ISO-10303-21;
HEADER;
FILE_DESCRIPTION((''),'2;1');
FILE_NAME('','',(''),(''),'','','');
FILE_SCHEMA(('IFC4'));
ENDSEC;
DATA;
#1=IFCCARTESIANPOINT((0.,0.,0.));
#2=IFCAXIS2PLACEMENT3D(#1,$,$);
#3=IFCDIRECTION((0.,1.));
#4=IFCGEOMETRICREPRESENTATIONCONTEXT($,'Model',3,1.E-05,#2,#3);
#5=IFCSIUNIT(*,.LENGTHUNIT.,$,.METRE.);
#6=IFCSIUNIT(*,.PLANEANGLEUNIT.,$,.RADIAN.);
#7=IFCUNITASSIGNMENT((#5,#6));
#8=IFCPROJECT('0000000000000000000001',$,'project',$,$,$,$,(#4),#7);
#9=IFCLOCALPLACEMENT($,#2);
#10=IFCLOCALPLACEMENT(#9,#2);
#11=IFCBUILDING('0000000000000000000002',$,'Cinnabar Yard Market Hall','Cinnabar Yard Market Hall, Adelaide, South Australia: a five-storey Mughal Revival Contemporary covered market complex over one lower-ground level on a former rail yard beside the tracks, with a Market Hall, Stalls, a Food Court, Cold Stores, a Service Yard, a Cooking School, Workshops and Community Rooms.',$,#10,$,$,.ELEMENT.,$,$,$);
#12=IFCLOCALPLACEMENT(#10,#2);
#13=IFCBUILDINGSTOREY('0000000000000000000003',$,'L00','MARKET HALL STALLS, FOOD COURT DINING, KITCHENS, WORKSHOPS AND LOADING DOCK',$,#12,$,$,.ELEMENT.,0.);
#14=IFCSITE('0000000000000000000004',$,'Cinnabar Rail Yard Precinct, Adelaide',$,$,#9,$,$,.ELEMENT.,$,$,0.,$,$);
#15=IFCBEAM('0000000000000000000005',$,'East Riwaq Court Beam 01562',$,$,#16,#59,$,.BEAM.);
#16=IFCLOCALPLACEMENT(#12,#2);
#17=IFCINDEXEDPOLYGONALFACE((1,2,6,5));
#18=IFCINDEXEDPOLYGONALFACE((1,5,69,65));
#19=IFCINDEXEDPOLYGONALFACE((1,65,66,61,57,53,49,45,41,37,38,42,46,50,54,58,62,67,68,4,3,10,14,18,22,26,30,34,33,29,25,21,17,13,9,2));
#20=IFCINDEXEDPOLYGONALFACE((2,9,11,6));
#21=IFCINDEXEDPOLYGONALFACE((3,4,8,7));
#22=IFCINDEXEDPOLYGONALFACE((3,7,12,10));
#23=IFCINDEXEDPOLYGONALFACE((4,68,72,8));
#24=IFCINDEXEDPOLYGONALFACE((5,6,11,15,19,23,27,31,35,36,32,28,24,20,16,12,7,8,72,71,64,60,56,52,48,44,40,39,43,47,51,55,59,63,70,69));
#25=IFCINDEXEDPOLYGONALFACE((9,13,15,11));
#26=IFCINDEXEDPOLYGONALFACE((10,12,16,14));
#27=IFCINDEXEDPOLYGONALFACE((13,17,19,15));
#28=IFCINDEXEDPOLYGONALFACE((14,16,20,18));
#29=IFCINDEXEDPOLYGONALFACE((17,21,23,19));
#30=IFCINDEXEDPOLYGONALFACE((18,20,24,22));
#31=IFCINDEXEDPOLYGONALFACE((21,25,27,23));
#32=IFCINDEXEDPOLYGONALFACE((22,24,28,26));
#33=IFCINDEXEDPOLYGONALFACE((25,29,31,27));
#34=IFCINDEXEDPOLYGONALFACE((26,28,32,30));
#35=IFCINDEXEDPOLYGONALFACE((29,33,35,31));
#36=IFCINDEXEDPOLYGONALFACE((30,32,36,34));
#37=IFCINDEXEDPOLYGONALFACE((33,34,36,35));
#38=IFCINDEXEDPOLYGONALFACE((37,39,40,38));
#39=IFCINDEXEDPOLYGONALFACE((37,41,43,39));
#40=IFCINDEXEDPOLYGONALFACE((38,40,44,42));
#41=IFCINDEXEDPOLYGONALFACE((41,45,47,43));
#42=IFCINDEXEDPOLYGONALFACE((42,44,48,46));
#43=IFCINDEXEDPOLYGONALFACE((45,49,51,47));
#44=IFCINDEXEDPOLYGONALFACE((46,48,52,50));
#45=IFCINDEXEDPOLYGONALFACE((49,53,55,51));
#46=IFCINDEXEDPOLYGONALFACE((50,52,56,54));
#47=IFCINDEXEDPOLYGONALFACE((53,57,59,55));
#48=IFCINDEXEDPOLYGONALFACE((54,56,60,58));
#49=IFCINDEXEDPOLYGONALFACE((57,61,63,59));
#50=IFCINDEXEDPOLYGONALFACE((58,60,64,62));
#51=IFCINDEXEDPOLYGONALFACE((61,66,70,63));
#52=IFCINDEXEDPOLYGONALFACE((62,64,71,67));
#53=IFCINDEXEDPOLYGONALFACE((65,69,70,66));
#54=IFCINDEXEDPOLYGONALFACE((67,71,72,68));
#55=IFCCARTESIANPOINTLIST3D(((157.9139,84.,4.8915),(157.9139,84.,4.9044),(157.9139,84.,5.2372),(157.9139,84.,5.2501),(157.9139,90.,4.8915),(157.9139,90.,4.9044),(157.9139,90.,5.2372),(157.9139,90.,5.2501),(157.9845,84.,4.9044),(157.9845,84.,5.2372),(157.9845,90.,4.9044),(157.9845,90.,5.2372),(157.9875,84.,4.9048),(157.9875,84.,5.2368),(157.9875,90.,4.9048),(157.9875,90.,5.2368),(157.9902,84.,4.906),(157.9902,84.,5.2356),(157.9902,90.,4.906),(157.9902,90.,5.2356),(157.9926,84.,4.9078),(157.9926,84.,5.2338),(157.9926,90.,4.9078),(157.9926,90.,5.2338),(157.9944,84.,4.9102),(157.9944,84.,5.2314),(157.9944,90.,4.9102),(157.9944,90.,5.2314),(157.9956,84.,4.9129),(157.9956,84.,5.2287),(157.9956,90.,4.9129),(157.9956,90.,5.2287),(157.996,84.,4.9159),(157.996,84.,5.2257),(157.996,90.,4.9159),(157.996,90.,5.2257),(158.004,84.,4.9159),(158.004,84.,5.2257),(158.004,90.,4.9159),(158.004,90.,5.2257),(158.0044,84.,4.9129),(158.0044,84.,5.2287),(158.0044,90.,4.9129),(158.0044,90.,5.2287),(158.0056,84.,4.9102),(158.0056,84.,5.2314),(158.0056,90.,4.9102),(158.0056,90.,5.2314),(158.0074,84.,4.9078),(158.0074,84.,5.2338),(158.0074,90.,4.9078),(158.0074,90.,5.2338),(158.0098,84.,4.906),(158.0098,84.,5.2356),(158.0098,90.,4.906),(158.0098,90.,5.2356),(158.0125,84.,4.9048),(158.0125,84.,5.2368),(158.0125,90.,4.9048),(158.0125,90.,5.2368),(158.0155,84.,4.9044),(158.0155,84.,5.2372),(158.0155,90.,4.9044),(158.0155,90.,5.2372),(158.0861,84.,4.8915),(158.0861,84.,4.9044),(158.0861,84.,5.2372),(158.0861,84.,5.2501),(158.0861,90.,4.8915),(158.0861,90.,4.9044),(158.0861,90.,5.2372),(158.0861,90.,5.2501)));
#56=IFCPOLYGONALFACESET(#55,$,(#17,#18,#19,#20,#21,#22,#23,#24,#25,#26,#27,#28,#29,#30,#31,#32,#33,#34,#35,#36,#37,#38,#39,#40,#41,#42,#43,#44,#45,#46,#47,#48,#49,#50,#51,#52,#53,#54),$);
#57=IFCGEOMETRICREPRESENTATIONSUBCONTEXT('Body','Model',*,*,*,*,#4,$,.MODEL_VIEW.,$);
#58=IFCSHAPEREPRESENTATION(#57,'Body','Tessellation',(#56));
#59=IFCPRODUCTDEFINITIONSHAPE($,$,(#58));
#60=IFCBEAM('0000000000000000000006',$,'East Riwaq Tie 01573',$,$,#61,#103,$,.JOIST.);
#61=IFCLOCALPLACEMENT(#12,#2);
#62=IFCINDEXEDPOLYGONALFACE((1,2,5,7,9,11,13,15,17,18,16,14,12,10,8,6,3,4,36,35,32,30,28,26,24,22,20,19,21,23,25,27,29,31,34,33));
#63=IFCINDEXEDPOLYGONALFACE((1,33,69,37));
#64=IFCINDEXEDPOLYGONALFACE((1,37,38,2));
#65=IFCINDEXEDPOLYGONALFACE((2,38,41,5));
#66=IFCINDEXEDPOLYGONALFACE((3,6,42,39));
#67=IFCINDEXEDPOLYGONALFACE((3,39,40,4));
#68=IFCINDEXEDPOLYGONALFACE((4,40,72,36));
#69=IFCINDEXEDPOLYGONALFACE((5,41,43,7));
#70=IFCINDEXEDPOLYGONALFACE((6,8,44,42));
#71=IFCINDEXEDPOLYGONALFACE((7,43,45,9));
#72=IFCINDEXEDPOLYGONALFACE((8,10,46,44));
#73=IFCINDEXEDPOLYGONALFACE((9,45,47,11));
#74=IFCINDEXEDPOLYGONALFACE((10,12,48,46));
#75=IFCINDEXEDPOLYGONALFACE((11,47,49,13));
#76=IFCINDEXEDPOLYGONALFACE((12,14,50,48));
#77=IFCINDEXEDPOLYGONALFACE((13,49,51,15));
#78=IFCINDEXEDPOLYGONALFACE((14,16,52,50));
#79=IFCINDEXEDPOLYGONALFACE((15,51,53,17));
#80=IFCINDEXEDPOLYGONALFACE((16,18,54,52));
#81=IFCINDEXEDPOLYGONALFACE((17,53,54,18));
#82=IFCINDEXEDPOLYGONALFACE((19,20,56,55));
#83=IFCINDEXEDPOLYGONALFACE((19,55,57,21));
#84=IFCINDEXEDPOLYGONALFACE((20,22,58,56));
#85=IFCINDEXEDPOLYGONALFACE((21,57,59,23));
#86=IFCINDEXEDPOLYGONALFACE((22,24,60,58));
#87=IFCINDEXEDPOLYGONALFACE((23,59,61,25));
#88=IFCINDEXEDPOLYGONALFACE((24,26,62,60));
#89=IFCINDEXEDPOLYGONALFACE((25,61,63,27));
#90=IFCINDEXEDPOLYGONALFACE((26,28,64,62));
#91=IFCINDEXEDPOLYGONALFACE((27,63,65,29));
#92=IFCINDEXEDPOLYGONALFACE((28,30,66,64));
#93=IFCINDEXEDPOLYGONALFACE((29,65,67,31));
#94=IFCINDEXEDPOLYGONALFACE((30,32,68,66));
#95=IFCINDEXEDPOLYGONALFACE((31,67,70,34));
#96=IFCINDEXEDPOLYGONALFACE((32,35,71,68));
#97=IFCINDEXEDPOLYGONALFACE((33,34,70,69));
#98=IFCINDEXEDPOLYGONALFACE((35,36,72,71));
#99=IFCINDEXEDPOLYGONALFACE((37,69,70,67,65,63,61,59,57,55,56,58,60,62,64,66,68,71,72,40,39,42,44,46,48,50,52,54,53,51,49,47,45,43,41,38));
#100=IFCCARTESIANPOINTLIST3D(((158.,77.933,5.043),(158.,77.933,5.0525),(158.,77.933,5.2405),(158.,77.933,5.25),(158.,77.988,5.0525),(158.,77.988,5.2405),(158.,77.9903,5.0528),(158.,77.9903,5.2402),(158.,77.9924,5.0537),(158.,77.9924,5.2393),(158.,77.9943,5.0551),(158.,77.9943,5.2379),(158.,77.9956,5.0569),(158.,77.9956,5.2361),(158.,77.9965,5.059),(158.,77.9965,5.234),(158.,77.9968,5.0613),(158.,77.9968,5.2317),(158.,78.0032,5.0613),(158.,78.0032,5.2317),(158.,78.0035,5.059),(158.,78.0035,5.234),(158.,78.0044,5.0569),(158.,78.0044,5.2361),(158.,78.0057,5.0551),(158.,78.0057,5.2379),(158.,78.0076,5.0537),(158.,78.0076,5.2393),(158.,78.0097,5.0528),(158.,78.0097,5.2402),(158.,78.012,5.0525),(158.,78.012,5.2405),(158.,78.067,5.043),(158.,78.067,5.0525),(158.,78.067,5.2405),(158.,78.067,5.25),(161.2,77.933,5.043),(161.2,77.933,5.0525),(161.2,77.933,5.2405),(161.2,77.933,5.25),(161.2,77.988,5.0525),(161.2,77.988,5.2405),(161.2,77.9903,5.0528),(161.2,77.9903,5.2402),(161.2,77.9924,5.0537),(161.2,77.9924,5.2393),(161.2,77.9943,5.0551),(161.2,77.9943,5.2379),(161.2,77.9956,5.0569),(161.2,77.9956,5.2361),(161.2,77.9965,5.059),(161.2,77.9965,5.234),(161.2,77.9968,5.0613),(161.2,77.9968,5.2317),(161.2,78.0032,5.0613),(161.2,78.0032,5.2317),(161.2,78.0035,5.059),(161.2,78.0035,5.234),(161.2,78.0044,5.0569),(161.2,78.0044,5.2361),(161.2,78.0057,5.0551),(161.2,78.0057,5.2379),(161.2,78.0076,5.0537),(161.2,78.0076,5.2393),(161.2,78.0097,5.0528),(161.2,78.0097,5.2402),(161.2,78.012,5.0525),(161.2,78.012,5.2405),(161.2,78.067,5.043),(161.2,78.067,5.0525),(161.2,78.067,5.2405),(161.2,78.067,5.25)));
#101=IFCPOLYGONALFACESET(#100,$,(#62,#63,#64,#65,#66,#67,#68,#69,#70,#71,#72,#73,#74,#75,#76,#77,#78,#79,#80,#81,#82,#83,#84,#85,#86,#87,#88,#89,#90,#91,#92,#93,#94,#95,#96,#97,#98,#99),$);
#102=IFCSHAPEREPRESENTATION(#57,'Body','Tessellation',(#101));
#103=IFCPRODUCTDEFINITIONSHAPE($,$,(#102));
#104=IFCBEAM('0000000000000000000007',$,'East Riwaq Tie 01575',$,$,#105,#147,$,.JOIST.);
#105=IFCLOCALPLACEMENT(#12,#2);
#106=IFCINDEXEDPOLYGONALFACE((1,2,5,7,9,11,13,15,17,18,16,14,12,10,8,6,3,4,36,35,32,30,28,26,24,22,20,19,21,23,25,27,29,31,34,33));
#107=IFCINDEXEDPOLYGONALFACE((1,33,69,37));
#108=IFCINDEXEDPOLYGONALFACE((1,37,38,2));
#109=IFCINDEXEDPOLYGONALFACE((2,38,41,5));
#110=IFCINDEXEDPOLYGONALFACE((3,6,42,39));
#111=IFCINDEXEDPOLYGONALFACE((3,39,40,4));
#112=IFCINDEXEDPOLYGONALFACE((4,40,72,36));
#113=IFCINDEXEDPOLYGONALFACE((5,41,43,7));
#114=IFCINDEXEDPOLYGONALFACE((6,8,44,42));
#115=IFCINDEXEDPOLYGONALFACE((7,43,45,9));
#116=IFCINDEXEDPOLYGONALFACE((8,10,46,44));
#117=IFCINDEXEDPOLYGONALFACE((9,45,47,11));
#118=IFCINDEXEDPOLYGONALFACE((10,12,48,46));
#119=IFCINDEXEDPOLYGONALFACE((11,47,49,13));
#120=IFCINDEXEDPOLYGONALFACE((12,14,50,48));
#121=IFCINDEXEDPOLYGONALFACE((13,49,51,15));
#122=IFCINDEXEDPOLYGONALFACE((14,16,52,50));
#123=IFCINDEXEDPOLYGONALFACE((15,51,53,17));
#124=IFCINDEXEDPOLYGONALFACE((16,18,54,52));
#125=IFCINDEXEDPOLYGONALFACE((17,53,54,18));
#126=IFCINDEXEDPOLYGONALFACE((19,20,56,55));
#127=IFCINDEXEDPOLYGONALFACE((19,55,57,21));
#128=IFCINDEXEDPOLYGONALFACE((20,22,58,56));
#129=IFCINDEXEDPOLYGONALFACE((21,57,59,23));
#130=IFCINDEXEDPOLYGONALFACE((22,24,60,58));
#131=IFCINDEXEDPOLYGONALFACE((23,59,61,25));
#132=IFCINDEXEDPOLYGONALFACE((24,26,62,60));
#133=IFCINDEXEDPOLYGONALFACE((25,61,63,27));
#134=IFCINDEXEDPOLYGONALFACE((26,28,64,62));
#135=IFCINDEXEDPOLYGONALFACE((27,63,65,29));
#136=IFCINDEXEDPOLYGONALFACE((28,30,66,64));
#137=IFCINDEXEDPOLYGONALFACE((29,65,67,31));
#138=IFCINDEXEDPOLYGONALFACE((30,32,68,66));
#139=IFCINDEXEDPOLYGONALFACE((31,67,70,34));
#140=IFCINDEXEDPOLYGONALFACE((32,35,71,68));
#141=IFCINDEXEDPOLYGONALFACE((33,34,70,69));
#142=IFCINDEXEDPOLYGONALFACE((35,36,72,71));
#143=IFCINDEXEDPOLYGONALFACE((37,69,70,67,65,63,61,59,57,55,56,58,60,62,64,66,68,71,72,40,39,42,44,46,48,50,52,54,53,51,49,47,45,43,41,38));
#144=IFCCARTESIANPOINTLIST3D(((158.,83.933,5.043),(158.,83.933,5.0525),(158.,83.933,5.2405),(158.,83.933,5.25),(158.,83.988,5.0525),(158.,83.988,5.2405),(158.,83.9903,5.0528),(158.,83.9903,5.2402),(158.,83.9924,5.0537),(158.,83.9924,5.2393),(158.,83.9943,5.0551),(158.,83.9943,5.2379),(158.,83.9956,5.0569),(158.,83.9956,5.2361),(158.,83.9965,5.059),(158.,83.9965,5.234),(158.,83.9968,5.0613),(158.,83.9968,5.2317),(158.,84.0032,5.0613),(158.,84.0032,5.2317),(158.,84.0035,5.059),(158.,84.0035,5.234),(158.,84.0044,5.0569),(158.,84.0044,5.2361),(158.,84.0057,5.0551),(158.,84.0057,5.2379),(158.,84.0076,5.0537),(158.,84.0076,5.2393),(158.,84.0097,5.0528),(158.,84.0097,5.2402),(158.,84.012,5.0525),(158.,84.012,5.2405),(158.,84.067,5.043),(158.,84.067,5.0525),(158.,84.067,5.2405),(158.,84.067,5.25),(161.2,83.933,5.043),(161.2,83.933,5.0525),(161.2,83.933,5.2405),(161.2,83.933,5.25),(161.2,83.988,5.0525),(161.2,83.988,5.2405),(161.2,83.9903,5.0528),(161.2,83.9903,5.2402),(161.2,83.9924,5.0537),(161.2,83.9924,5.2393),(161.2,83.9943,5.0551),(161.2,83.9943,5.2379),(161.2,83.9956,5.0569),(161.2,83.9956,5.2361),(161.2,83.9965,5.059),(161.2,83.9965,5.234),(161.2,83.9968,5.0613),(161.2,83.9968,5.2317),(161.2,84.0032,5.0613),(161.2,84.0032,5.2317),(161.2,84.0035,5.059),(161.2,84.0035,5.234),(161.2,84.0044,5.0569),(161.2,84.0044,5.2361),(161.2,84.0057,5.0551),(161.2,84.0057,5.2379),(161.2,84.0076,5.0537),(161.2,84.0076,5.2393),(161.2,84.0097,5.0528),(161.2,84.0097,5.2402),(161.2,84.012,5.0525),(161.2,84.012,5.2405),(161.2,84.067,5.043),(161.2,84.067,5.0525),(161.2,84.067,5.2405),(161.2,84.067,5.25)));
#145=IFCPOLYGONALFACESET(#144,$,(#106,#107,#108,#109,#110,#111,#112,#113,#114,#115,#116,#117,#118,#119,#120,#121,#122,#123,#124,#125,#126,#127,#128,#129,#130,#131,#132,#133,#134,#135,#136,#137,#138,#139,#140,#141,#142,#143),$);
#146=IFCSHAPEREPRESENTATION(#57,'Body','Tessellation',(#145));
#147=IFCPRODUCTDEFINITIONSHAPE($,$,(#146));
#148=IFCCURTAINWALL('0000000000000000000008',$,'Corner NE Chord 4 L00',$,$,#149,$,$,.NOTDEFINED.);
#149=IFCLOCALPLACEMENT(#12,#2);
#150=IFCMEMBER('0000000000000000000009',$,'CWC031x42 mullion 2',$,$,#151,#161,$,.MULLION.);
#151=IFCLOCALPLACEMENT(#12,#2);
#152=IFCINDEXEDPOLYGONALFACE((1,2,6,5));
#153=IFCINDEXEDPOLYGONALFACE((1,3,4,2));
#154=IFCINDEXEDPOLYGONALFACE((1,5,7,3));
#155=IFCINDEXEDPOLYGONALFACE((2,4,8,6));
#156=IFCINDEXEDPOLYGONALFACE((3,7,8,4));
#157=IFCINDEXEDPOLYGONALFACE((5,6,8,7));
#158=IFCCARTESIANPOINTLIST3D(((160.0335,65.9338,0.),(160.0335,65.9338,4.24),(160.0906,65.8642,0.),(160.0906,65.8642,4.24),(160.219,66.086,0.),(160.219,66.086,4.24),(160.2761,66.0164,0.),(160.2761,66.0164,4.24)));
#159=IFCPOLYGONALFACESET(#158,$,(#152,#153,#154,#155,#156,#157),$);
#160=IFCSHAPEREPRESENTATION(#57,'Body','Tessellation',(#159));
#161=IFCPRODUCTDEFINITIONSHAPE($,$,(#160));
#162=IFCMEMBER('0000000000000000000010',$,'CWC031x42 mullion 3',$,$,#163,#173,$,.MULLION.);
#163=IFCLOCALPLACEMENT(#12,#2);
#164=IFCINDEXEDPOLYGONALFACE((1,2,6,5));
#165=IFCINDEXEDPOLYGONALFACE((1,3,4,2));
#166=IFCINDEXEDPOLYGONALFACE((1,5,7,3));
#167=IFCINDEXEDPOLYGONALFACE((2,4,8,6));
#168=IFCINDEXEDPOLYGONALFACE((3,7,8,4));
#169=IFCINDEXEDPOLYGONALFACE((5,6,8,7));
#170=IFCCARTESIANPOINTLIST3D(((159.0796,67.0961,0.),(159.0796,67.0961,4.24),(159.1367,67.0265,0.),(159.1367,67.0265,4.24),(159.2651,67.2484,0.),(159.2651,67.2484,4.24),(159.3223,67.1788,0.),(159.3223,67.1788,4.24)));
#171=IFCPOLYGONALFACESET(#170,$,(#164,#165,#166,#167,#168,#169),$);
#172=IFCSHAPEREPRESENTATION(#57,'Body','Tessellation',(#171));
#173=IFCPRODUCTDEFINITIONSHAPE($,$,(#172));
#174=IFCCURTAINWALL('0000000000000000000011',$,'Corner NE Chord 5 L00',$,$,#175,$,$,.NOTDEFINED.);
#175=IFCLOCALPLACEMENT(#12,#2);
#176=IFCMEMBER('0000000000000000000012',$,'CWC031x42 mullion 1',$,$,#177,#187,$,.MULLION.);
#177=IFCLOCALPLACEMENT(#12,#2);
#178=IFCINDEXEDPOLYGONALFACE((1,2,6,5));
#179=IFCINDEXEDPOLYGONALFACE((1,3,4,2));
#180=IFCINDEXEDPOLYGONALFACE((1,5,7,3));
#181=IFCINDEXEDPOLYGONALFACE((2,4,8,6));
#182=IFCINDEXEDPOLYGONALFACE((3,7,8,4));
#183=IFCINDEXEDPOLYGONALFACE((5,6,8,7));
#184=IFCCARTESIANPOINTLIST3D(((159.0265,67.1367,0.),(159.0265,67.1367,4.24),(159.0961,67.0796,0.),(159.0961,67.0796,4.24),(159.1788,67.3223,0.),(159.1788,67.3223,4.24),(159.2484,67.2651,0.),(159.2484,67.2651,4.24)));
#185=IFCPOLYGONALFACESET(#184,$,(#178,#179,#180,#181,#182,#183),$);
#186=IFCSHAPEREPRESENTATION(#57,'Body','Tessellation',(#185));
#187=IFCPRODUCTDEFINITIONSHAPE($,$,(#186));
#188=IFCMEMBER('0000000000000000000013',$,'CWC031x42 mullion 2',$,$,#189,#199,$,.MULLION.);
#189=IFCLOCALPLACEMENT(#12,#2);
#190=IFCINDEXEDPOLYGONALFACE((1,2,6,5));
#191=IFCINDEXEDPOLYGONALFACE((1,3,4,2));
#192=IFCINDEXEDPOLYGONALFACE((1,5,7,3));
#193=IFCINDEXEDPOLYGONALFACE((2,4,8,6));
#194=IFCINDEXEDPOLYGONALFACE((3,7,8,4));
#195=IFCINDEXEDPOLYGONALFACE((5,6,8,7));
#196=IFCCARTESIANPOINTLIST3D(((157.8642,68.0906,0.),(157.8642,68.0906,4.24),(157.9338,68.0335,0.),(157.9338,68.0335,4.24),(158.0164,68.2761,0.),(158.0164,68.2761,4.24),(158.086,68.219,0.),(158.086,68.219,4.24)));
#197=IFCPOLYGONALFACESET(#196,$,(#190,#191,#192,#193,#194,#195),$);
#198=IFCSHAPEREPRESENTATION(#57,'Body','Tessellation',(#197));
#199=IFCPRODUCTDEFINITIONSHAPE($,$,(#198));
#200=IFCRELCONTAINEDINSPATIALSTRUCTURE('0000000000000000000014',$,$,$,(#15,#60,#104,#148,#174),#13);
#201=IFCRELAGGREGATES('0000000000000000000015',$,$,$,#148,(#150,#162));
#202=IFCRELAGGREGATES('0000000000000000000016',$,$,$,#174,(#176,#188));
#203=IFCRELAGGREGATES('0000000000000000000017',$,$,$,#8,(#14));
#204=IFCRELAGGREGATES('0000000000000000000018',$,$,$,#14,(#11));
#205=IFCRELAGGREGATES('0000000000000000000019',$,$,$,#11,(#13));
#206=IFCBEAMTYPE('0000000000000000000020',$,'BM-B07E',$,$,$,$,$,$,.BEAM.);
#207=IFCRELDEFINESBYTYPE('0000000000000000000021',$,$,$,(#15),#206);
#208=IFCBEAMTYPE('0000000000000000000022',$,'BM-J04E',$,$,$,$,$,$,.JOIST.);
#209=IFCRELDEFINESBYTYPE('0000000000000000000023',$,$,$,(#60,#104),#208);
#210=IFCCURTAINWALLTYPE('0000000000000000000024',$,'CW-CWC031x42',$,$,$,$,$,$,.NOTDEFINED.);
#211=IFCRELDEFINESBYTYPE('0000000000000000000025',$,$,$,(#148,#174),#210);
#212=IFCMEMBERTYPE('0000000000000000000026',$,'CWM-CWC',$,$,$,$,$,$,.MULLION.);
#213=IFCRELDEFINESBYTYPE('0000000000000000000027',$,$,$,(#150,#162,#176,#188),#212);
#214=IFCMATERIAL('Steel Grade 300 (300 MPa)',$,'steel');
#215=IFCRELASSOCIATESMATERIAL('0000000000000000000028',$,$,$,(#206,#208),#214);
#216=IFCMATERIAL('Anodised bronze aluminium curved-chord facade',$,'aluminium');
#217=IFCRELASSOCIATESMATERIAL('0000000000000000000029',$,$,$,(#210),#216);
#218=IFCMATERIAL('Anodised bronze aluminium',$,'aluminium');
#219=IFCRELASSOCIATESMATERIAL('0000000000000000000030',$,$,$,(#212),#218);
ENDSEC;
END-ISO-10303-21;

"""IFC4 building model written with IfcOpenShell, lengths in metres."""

from ifc_helpers import new_model, si_unit, direction, frame, origin, origin_2d_with_axis, place, context, subcontext, project, spatial, rectangle, i_section, extrude, material, material_profile, profile_set, type_object, element, aggregate, save


model = new_model("IFC4")

# Units and contexts
model_context = context("Model", 3, precision=1e-05, world=origin(), true_north=direction((0.0, 1.0)))
body_context = subcontext(model_context, "Body", "Model", "MODEL_VIEW")
ifc_project = project(units=[si_unit("LENGTHUNIT", "METRE"), si_unit("PLANEANGLEUNIT", "RADIAN")], contexts=[model_context])

# Site, building, storey
site_placement = place(None, origin())
site = spatial("IfcSite", under=ifc_project, at=site_placement, Name="Cinnabar Rail Yard Precinct, Adelaide", CompositionType="ELEMENT", RefElevation=0.0)
building_placement = place(site_placement, origin())
building = spatial("IfcBuilding", under=site, at=building_placement, Name="Cinnabar Yard Market Hall", Description="Cinnabar Yard Market Hall, Adelaide, South Australia: a five-storey Mughal Revival Contemporary covered market complex over one lower-ground level on a former rail yard beside the tracks, with a Market Hall, Stalls, a Food Court, Cold Stores, a Service Yard, a Cooking School, Workshops and Community Rooms.", CompositionType="ELEMENT")
storey_placement = place(building_placement, origin())
storey = spatial("IfcBuildingStorey", under=building, at=storey_placement, Name="L00", Description="MARKET HALL STALLS, FOOD COURT DINING, KITCHENS, WORKSHOPS AND LOADING DOCK", CompositionType="ELEMENT", Elevation=0.0)

# Beams
ifc_material_1 = material(Name="Steel Grade 300 (300 MPa)", Category="steel")
ifc_material_profile_1 = material_profile(ifc_material_1, i_section(OverallWidth=0.1721, OverallDepth=0.3586, WebThickness=0.0081, FlangeThickness=0.0129, FilletRadius=0.0115, at=origin_2d_with_axis()), Name="360UB56.7")
ifc_profile_set_1 = profile_set([ifc_material_profile_1], Name="Steel Grade 300 (300 MPa)")
beam_type_1 = type_object("IfcBeamType", Name="BM-B07E", PredefinedType="BEAM", material=ifc_profile_set_1)
for number, where, z_axis, x_axis, name in (
    (1, (158.0, 84.0, 5.0708), (0.0, 1.0, 0.0), (-1.0, 0.0, 0.0), "East Riwaq Court Beam 01562"),
):
    element("IfcBeam", number, at=place(storey_placement, frame(where, z_axis=z_axis, x_axis=x_axis)), inside=storey, type_object=beam_type_1, Name=name, PredefinedType="BEAM", context=body_context, shape_type="SweptSolid", body=[
        extrude(i_section(OverallWidth=0.1721, OverallDepth=0.3586, WebThickness=0.0081, FlangeThickness=0.0129, FilletRadius=0.0115, at=origin_2d_with_axis()), origin(), (0.0, 0.0, 1.0), 6.0),
    ])
ifc_material_profile_2 = material_profile(ifc_material_1, i_section(OverallWidth=0.134, OverallDepth=0.207, WebThickness=0.0063, FlangeThickness=0.0095, FilletRadius=0.0088, at=origin_2d_with_axis()), Name="200UB29.8")
ifc_profile_set_2 = profile_set([ifc_material_profile_2], Name="Steel Grade 300 (300 MPa)")
beam_type_2 = type_object("IfcBeamType", Name="BM-J04E", PredefinedType="JOIST", material=ifc_profile_set_2)
for number, where, z_axis, x_axis, name in (
    (2, (158.0, 78.0, 5.1465), (1.0, 0.0, 0.0), (0.0, 1.0, 0.0), "East Riwaq Tie 01573"),
    (3, (158.0, 84.0, 5.1465), (1.0, 0.0, 0.0), (0.0, 1.0, 0.0), "East Riwaq Tie 01575"),
):
    element("IfcBeam", number, at=place(storey_placement, frame(where, z_axis=z_axis, x_axis=x_axis)), inside=storey, type_object=beam_type_2, Name=name, PredefinedType="JOIST", context=body_context, shape_type="SweptSolid", body=[
        extrude(i_section(OverallWidth=0.134, OverallDepth=0.207, WebThickness=0.0063, FlangeThickness=0.0095, FilletRadius=0.0088, at=origin_2d_with_axis()), origin(), (0.0, 0.0, 1.0), 3.2),
    ])

# Curtain walls, members
ifc_material_2 = material(Name="Anodised bronze aluminium curved-chord facade", Category="aluminium")
curtain_wall_type = type_object("IfcCurtainWallType", Name="CW-CWC031x42", PredefinedType="NOTDEFINED", material=ifc_material_2)
curtain_wall_1_placement = place(storey_placement, origin())
curtain_wall_1 = element("IfcCurtainWall", 4, at=curtain_wall_1_placement, inside=storey, type_object=curtain_wall_type, Name="Corner NE Chord 4 L00", PredefinedType="NOTDEFINED")
ifc_material_3 = material(Name="Anodised bronze aluminium", Category="aluminium")
ifc_material_profile_3 = material_profile(ifc_material_3, rectangle(XDim=0.24, YDim=0.0901, at=origin_2d_with_axis()), Name="MUL-CWC")
ifc_profile_set_3 = profile_set([ifc_material_profile_3], Name="Anodised bronze aluminium")
member_type_1 = type_object("IfcMemberType", Name="CWM-CWC", PredefinedType="MULLION", material=ifc_profile_set_3)
member_1_placement = place(storey_placement, frame((160.1548, 65.9751, 0.0), z_axis=(0.0, 0.0, 1.0), x_axis=(-0.773019, -0.634383, 0.0)))
member_1 = element("IfcMember", 5, at=member_1_placement, type_object=member_type_1, Name="CWC031x42 mullion 2", PredefinedType="MULLION", context=body_context, shape_type="SweptSolid", body=[
    extrude(rectangle(XDim=0.24, YDim=0.0901, at=origin_2d_with_axis()), origin(), (0.0, 0.0, 1.0), 4.24),
])
member_2_placement = place(storey_placement, frame((159.2009, 67.1375, 0.0), z_axis=(0.0, 0.0, 1.0), x_axis=(-0.773019, -0.634383, 0.0)))
member_2 = element("IfcMember", 6, at=member_2_placement, type_object=member_type_1, Name="CWC031x42 mullion 3", PredefinedType="MULLION", context=body_context, shape_type="SweptSolid", body=[
    extrude(rectangle(XDim=0.24, YDim=0.0901, at=origin_2d_with_axis()), origin(), (0.0, 0.0, 1.0), 4.24),
])
curtain_wall_2_placement = place(storey_placement, origin())
curtain_wall_2 = element("IfcCurtainWall", 7, at=curtain_wall_2_placement, inside=storey, type_object=curtain_wall_type, Name="Corner NE Chord 5 L00", PredefinedType="NOTDEFINED")
member_3_placement = place(storey_placement, frame((159.1375, 67.2009, 0.0), z_axis=(0.0, 0.0, 1.0), x_axis=(-0.634383, -0.773019, 0.0)))
member_3 = element("IfcMember", 8, at=member_3_placement, type_object=member_type_1, Name="CWC031x42 mullion 1", PredefinedType="MULLION", context=body_context, shape_type="SweptSolid", body=[
    extrude(rectangle(XDim=0.24, YDim=0.0901, at=origin_2d_with_axis()), origin(), (0.0, 0.0, 1.0), 4.24),
])
member_4_placement = place(storey_placement, frame((157.9751, 68.1548, 0.0), z_axis=(0.0, 0.0, 1.0), x_axis=(-0.634383, -0.773019, 0.0)))
member_4 = element("IfcMember", 9, at=member_4_placement, type_object=member_type_1, Name="CWC031x42 mullion 2", PredefinedType="MULLION", context=body_context, shape_type="SweptSolid", body=[
    extrude(rectangle(XDim=0.24, YDim=0.0901, at=origin_2d_with_axis()), origin(), (0.0, 0.0, 1.0), 4.24),
])

aggregate(curtain_wall_1, [member_1, member_2])
aggregate(curtain_wall_2, [member_3, member_4])

save(model, "model.ifc")
